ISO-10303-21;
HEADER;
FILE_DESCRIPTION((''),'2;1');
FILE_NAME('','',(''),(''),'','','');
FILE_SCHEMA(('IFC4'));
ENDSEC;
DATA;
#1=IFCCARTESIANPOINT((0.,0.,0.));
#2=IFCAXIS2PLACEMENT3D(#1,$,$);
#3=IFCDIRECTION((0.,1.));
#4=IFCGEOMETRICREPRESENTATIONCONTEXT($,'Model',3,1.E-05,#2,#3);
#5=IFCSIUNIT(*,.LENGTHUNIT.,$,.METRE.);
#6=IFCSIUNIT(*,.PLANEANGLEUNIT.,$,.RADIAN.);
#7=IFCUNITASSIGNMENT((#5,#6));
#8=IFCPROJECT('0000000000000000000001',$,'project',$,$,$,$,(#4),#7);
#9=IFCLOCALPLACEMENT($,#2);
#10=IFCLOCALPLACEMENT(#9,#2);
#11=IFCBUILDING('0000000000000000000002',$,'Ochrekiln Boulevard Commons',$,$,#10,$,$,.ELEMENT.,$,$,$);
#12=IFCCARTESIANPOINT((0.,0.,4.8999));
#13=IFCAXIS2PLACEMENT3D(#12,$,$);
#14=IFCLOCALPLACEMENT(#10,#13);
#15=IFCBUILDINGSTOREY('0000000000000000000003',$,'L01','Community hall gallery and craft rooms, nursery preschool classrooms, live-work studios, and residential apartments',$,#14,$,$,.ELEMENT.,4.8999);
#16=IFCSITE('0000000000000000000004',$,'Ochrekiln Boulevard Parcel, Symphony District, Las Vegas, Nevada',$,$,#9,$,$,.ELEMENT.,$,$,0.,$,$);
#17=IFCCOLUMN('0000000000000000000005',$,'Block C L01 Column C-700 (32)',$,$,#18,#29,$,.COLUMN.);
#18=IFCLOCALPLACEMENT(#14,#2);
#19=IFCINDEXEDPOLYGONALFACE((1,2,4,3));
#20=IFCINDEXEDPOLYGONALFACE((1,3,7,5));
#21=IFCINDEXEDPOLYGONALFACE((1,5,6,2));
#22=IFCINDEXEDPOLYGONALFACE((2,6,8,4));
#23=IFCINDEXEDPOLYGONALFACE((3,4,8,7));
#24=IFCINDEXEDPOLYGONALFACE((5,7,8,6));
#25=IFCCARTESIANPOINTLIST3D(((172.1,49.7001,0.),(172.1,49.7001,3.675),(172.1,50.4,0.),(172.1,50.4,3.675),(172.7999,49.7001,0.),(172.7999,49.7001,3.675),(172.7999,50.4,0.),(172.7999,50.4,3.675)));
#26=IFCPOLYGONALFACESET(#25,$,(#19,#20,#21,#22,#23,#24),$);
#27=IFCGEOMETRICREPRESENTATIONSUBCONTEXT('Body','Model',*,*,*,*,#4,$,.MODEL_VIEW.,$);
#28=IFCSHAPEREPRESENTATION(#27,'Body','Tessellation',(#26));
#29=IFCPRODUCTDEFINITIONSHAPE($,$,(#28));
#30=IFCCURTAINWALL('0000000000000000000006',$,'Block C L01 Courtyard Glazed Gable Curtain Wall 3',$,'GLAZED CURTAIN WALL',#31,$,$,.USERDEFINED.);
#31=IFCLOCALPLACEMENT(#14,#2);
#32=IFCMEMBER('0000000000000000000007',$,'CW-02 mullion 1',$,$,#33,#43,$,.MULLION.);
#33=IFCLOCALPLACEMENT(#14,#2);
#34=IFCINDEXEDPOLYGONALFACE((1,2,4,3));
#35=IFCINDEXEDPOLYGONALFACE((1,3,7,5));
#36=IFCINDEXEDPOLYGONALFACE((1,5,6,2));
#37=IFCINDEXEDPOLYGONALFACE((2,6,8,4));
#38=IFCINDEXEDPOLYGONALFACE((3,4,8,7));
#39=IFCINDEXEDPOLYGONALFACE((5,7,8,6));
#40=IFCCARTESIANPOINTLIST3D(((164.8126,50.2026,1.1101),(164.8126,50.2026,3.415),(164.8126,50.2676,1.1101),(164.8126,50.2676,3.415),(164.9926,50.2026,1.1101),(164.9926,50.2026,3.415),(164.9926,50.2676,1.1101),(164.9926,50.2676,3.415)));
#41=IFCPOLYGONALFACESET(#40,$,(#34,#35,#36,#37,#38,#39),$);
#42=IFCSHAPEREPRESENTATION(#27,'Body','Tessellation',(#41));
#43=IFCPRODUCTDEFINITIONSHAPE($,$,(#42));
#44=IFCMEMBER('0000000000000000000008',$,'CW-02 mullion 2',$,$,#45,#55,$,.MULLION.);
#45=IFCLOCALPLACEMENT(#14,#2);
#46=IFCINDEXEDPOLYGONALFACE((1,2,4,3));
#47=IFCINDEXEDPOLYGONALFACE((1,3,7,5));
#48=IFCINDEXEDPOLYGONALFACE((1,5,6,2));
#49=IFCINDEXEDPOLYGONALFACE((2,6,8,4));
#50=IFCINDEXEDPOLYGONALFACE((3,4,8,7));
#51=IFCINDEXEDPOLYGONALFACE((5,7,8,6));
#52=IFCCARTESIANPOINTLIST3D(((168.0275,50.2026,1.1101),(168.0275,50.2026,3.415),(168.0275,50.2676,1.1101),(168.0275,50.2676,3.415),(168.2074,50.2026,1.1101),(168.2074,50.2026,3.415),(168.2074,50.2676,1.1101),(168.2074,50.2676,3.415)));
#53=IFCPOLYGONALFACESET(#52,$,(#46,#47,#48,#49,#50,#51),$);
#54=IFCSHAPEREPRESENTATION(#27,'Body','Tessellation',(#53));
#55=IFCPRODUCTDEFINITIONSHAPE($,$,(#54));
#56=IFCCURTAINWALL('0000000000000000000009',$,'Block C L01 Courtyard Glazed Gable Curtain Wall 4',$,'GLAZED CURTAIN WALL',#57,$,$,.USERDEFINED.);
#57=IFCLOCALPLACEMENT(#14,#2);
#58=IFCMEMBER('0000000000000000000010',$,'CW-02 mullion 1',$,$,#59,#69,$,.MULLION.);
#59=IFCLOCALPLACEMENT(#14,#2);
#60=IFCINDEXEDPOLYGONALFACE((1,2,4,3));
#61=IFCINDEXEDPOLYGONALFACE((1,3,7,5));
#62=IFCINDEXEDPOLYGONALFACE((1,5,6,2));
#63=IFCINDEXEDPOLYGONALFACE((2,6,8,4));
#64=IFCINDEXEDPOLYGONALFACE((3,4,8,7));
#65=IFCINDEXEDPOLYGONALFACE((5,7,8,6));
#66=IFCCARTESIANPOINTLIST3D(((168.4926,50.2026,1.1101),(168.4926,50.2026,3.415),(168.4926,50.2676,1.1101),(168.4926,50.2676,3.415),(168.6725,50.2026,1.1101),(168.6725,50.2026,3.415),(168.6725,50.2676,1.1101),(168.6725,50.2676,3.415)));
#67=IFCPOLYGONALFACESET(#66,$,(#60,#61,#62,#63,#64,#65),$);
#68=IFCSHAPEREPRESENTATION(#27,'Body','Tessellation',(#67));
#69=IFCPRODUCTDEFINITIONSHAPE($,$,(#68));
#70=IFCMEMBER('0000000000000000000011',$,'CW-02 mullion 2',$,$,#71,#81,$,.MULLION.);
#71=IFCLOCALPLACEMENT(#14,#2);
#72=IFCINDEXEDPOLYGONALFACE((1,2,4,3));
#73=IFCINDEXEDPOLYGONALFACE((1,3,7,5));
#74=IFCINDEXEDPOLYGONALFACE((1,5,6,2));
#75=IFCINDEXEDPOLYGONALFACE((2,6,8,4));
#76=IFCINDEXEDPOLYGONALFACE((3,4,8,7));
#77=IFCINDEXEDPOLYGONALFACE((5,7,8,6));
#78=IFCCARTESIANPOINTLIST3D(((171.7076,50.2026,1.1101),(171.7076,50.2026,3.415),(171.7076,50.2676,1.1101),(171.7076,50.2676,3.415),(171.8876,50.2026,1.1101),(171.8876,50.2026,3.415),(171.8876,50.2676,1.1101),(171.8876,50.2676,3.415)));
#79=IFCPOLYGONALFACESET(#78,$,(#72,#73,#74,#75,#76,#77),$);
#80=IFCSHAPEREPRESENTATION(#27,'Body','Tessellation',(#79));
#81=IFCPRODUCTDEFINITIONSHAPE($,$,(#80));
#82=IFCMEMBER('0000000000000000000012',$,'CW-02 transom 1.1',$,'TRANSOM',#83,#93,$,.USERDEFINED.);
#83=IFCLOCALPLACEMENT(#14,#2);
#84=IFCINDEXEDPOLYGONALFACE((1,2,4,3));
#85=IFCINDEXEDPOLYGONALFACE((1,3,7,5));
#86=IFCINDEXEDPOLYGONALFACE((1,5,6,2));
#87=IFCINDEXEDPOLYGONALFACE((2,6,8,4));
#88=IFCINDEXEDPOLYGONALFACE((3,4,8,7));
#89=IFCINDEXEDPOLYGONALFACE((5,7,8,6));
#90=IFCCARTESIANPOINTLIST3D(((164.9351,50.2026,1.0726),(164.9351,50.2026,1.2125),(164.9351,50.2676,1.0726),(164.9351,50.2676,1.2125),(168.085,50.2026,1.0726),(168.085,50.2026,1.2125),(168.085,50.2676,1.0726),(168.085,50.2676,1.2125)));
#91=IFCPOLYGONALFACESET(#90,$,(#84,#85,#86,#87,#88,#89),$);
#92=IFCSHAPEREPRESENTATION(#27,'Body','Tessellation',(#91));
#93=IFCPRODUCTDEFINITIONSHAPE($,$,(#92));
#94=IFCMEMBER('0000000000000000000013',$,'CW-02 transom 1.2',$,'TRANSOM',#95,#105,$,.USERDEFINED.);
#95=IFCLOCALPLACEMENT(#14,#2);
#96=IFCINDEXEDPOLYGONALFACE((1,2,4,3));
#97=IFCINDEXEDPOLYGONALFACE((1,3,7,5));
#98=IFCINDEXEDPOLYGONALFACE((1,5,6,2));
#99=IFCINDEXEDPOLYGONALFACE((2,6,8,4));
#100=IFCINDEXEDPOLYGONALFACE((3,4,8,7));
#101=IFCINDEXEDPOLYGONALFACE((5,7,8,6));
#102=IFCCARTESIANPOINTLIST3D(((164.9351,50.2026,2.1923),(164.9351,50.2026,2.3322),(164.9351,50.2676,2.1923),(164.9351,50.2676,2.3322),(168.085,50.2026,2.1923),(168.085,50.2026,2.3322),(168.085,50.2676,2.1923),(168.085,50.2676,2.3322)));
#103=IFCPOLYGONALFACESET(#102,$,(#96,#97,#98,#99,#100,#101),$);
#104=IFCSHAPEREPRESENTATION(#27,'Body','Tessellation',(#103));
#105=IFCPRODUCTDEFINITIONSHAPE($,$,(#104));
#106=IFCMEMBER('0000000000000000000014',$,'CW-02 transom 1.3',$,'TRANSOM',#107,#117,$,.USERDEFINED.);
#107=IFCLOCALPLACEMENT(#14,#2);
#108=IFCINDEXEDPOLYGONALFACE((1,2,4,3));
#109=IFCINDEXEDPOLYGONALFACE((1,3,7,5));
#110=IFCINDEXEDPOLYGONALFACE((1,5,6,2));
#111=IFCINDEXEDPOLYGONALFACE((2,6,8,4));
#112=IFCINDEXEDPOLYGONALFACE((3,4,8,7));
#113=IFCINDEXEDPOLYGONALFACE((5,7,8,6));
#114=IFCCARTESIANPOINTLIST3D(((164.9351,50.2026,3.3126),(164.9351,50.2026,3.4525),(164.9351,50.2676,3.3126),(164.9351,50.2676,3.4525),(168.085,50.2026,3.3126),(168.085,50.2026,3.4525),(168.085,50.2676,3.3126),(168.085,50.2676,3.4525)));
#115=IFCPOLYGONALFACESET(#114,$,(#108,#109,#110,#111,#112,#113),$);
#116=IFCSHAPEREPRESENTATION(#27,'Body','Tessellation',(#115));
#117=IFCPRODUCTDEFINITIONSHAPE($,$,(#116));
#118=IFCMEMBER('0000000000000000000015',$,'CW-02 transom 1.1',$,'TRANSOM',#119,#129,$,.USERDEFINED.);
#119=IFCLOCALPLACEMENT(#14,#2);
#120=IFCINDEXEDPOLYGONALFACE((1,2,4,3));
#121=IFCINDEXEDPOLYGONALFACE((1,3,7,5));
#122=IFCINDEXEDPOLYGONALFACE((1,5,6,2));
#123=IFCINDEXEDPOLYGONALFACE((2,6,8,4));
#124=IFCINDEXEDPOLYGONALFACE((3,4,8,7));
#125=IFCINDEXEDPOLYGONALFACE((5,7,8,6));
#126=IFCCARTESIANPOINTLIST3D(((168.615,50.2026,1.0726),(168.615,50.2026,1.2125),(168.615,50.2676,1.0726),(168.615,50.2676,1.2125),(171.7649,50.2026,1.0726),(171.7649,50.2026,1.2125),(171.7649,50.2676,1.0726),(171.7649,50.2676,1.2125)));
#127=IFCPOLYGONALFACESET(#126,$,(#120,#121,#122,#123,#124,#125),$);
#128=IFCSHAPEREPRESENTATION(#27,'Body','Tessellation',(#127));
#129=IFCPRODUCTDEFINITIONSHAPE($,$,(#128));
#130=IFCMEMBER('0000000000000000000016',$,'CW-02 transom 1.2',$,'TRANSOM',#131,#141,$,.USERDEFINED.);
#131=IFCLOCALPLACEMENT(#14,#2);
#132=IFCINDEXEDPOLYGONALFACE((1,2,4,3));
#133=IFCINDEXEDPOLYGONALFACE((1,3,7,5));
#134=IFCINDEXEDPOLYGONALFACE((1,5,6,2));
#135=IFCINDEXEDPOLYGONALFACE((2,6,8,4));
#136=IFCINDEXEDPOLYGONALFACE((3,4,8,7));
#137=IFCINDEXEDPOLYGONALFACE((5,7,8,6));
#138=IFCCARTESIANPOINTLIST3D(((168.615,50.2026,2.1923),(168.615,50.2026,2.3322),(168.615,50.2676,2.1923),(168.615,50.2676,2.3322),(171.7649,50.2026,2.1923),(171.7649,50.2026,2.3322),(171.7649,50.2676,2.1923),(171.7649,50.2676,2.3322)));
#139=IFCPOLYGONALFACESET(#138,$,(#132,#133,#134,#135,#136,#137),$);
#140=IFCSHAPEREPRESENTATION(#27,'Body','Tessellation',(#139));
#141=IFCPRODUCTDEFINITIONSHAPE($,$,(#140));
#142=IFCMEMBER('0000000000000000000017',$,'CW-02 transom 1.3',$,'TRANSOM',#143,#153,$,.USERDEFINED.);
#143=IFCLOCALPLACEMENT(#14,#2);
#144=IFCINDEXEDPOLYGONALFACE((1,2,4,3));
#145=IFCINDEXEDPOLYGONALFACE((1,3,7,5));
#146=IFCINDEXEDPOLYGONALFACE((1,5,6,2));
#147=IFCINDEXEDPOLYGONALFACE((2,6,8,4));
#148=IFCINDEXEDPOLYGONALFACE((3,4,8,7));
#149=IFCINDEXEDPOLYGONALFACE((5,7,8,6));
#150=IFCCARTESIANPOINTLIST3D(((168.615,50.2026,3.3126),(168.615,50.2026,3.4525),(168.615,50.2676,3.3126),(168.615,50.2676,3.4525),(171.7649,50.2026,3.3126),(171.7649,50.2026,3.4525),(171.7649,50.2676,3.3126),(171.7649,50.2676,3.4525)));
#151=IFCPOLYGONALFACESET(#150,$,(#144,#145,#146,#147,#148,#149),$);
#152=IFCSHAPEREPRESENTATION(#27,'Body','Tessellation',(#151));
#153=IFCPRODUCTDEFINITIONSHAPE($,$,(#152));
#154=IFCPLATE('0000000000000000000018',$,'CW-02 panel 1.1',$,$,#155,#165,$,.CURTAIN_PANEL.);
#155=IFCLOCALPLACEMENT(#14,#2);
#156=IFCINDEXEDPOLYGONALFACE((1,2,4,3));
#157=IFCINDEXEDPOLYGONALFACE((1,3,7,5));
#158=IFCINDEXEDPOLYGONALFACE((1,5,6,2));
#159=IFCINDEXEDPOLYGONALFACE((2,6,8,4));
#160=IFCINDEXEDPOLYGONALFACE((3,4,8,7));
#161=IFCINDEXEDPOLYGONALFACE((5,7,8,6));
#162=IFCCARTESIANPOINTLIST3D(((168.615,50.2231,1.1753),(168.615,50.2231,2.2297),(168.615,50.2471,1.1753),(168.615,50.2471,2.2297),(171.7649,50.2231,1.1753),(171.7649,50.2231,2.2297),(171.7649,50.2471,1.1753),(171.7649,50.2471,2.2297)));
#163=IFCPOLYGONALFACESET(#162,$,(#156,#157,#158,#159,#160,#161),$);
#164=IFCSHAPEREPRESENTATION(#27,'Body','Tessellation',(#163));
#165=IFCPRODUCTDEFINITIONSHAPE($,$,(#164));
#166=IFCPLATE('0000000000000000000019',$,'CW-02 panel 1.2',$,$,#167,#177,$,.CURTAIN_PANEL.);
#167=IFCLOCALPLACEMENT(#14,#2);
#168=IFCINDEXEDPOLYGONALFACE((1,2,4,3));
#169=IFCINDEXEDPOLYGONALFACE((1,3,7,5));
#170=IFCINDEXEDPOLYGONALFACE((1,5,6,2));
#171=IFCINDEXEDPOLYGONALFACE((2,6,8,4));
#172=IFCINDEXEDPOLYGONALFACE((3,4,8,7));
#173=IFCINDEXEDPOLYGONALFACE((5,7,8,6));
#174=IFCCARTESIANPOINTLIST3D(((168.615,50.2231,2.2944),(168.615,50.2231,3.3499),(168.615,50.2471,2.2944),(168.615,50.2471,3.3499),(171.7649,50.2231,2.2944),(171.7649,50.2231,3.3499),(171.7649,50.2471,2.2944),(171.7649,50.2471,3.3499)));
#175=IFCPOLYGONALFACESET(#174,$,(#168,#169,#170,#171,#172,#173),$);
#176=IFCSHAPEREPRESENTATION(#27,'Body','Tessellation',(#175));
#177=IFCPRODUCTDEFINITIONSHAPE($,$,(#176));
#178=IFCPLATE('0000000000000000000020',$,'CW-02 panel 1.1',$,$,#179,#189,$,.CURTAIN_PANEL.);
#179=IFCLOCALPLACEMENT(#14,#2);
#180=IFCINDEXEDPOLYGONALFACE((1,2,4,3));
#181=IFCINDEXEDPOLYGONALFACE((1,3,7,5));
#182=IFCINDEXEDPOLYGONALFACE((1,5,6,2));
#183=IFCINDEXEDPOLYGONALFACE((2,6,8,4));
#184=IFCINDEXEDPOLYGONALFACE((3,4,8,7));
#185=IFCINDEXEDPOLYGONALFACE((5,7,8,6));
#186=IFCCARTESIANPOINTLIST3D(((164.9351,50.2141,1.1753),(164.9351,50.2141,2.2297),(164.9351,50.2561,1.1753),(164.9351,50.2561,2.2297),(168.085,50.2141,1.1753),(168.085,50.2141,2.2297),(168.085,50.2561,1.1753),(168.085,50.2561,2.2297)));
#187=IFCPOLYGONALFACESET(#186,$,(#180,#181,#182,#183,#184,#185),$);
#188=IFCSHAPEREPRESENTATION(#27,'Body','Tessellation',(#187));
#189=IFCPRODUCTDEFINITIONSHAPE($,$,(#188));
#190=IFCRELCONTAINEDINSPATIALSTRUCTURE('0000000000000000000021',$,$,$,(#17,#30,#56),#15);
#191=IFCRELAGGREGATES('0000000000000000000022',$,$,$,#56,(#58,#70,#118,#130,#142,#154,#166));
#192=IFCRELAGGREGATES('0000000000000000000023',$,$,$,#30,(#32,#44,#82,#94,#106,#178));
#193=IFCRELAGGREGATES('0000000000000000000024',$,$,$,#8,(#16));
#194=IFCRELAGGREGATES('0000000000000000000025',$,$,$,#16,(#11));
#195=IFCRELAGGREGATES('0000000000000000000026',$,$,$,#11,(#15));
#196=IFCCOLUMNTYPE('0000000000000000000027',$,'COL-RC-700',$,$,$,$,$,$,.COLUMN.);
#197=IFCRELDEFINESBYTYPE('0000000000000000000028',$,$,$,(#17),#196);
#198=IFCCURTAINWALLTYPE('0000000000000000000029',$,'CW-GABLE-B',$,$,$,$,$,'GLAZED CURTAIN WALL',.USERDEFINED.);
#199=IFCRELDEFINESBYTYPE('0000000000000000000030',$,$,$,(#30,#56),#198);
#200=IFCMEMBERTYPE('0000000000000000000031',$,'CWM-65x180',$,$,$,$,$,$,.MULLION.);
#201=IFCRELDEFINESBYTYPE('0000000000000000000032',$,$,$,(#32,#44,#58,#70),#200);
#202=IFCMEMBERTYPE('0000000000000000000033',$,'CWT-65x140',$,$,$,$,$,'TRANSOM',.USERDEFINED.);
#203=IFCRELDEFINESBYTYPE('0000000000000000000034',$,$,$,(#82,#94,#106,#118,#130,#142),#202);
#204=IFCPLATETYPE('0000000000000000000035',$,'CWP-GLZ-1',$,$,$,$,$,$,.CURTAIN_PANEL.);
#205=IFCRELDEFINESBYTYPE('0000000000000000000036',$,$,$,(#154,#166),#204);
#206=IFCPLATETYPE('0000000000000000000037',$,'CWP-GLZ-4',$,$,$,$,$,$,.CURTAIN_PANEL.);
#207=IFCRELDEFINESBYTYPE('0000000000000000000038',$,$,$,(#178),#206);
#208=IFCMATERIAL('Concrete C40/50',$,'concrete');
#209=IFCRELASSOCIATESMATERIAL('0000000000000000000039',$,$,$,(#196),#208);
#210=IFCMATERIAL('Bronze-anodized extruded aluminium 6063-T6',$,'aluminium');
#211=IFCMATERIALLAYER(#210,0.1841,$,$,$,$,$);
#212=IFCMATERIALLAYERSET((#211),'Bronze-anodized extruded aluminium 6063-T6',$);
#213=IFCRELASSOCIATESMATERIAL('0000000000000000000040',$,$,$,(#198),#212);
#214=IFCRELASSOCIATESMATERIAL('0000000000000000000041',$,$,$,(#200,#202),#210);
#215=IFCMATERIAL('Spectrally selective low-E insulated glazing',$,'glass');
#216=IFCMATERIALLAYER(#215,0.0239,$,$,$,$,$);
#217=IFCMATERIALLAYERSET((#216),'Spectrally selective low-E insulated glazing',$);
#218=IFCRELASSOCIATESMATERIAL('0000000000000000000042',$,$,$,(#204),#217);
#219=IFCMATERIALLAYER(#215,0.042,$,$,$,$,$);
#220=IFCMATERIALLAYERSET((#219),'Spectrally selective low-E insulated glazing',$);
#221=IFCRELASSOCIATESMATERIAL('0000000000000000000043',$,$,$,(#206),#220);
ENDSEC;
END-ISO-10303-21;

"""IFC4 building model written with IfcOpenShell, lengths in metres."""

from ifc_helpers import new_model, si_unit, direction, frame, origin, origin_2d, place, context, subcontext, project, spatial, rectangle, extrude, material, layer, layer_set, material_profile, profile_set, type_object, element, aggregate, save


model = new_model("IFC4")

# Units and contexts
model_context = context("Model", 3, precision=1e-05, world=origin(), true_north=direction((0.0, 1.0)))
body_context = subcontext(model_context, "Body", "Model", "MODEL_VIEW")
ifc_project = project(units=[si_unit("LENGTHUNIT", "METRE"), si_unit("PLANEANGLEUNIT", "RADIAN")], contexts=[model_context])

# Site, building, storey
site_placement = place(None, origin())
site = spatial("IfcSite", under=ifc_project, at=site_placement, Name="Ochrekiln Boulevard Parcel, Symphony District, Las Vegas, Nevada", CompositionType="ELEMENT", RefElevation=0.0)
building_placement = place(site_placement, origin())
building = spatial("IfcBuilding", under=site, at=building_placement, Name="Ochrekiln Boulevard Commons", CompositionType="ELEMENT")
storey_placement = place(building_placement, frame((0.0, 0.0, 4.8999)))
storey = spatial("IfcBuildingStorey", under=building, at=storey_placement, Name="L01", Description="Community hall gallery and craft rooms, nursery preschool classrooms, live-work studios, and residential apartments", CompositionType="ELEMENT", Elevation=4.8999)

# Column
ifc_material_1 = material(Name="Concrete C40/50", Category="concrete")
ifc_material_profile_1 = material_profile(ifc_material_1, rectangle(XDim=0.7, YDim=0.7, at=origin_2d()), Name="RC-COL-700x700")
ifc_profile_set_1 = profile_set([ifc_material_profile_1], Name="Concrete C40/50")
column_type = type_object("IfcColumnType", Name="COL-RC-700", PredefinedType="COLUMN", material=ifc_profile_set_1)
column_placement = place(storey_placement, frame((172.45, 50.05, 0.0), z_axis=(0.0, 0.0, 1.0), x_axis=(1.0, 0.0, 0.0)))
element("IfcColumn", 1, at=column_placement, inside=storey, type_object=column_type, Name="Block C L01 Column C-700 (32)", PredefinedType="COLUMN", context=body_context, shape_type="SweptSolid", body=[
    extrude(rectangle(XDim=0.7, YDim=0.7, at=origin_2d()), origin(), (0.0, 0.0, 1.0), 3.675),
])

# Curtain walls, members
ifc_material_2 = material(Name="Bronze-anodized extruded aluminium 6063-T6", Category="aluminium")
ifc_layer_1 = layer(ifc_material_2, 0.1841)
ifc_layer_set_1 = layer_set([ifc_layer_1], Name="Bronze-anodized extruded aluminium 6063-T6")
curtain_wall_type = type_object("IfcCurtainWallType", Name="CW-GABLE-B", ElementType="GLAZED CURTAIN WALL", PredefinedType="USERDEFINED", material=ifc_layer_set_1)
curtain_wall_1_placement = place(storey_placement, origin())
curtain_wall_1 = element("IfcCurtainWall", 2, at=curtain_wall_1_placement, inside=storey, type_object=curtain_wall_type, Name="Block C L01 Courtyard Glazed Gable Curtain Wall 3", ObjectType="GLAZED CURTAIN WALL", PredefinedType="USERDEFINED")
ifc_material_profile_2 = material_profile(ifc_material_2, rectangle(XDim=0.0649, YDim=0.1799, at=origin_2d()), Name="ALU-MUL-65x180")
ifc_profile_set_2 = profile_set([ifc_material_profile_2], Name="Bronze-anodized extruded aluminium 6063-T6")
member_type_1 = type_object("IfcMemberType", Name="CWM-65x180", PredefinedType="MULLION", material=ifc_profile_set_2)
member_1_placement = place(storey_placement, frame((164.9026, 50.2351, 1.1101), z_axis=(0.0, 0.0, 1.0), x_axis=(0.0, 1.0, 0.0)))
member_1 = element("IfcMember", 3, at=member_1_placement, type_object=member_type_1, Name="CW-02 mullion 1", PredefinedType="MULLION", context=body_context, shape_type="SweptSolid", body=[
    extrude(rectangle(XDim=0.0649, YDim=0.1799, at=origin_2d()), origin(), (0.0, 0.0, 1.0), 2.3049),
])
member_2_placement = place(storey_placement, frame((168.1174, 50.2351, 1.1101), z_axis=(0.0, 0.0, 1.0), x_axis=(0.0, 1.0, 0.0)))
member_2 = element("IfcMember", 4, at=member_2_placement, type_object=member_type_1, Name="CW-02 mullion 2", PredefinedType="MULLION", context=body_context, shape_type="SweptSolid", body=[
    extrude(rectangle(XDim=0.0649, YDim=0.1799, at=origin_2d()), origin(), (0.0, 0.0, 1.0), 2.3049),
])
curtain_wall_2_placement = place(storey_placement, origin())
curtain_wall_2 = element("IfcCurtainWall", 5, at=curtain_wall_2_placement, inside=storey, type_object=curtain_wall_type, Name="Block C L01 Courtyard Glazed Gable Curtain Wall 4", ObjectType="GLAZED CURTAIN WALL", PredefinedType="USERDEFINED")
member_3_placement = place(storey_placement, frame((168.5825, 50.2351, 1.1101), z_axis=(0.0, 0.0, 1.0), x_axis=(0.0, 1.0, 0.0)))
member_3 = element("IfcMember", 6, at=member_3_placement, type_object=member_type_1, Name="CW-02 mullion 1", PredefinedType="MULLION", context=body_context, shape_type="SweptSolid", body=[
    extrude(rectangle(XDim=0.0649, YDim=0.1799, at=origin_2d()), origin(), (0.0, 0.0, 1.0), 2.3049),
])
member_4_placement = place(storey_placement, frame((171.7976, 50.2351, 1.1101), z_axis=(0.0, 0.0, 1.0), x_axis=(0.0, 1.0, 0.0)))
member_4 = element("IfcMember", 7, at=member_4_placement, type_object=member_type_1, Name="CW-02 mullion 2", PredefinedType="MULLION", context=body_context, shape_type="SweptSolid", body=[
    extrude(rectangle(XDim=0.0649, YDim=0.1799, at=origin_2d()), origin(), (0.0, 0.0, 1.0), 2.3049),
])

# Members
ifc_material_profile_3 = material_profile(ifc_material_2, rectangle(XDim=0.0649, YDim=0.1399, at=origin_2d()), Name="ALU-TRN-65x140")
ifc_profile_set_3 = profile_set([ifc_material_profile_3], Name="Bronze-anodized extruded aluminium 6063-T6")
member_type_2 = type_object("IfcMemberType", Name="CWT-65x140", ElementType="TRANSOM", PredefinedType="USERDEFINED", material=ifc_profile_set_3)
member_5_placement = place(storey_placement, frame((164.9351, 50.2351, 1.1426), z_axis=(1.0, 0.0, 0.0), x_axis=(0.0, 1.0, 0.0)))
member_5 = element("IfcMember", 8, at=member_5_placement, type_object=member_type_2, Name="CW-02 transom 1.1", ObjectType="TRANSOM", PredefinedType="USERDEFINED", context=body_context, shape_type="SweptSolid", body=[
    extrude(rectangle(XDim=0.0649, YDim=0.1399, at=origin_2d()), origin(), (0.0, 0.0, 1.0), 3.1499),
])
member_6_placement = place(storey_placement, frame((164.9351, 50.2351, 2.2622), z_axis=(1.0, 0.0, 0.0), x_axis=(0.0, 1.0, 0.0)))
member_6 = element("IfcMember", 9, at=member_6_placement, type_object=member_type_2, Name="CW-02 transom 1.2", ObjectType="TRANSOM", PredefinedType="USERDEFINED", context=body_context, shape_type="SweptSolid", body=[
    extrude(rectangle(XDim=0.0649, YDim=0.1399, at=origin_2d()), origin(), (0.0, 0.0, 1.0), 3.1499),
])
member_7_placement = place(storey_placement, frame((164.9351, 50.2351, 3.3826), z_axis=(1.0, 0.0, 0.0), x_axis=(0.0, 1.0, 0.0)))
member_7 = element("IfcMember", 10, at=member_7_placement, type_object=member_type_2, Name="CW-02 transom 1.3", ObjectType="TRANSOM", PredefinedType="USERDEFINED", context=body_context, shape_type="SweptSolid", body=[
    extrude(rectangle(XDim=0.0649, YDim=0.1399, at=origin_2d()), origin(), (0.0, 0.0, 1.0), 3.1499),
])
member_8_placement = place(storey_placement, frame((168.615, 50.2351, 1.1426), z_axis=(1.0, 0.0, 0.0), x_axis=(0.0, 1.0, 0.0)))
member_8 = element("IfcMember", 11, at=member_8_placement, type_object=member_type_2, Name="CW-02 transom 1.1", ObjectType="TRANSOM", PredefinedType="USERDEFINED", context=body_context, shape_type="SweptSolid", body=[
    extrude(rectangle(XDim=0.0649, YDim=0.1399, at=origin_2d()), origin(), (0.0, 0.0, 1.0), 3.1499),
])
member_9_placement = place(storey_placement, frame((168.615, 50.2351, 2.2622), z_axis=(1.0, 0.0, 0.0), x_axis=(0.0, 1.0, 0.0)))
member_9 = element("IfcMember", 12, at=member_9_placement, type_object=member_type_2, Name="CW-02 transom 1.2", ObjectType="TRANSOM", PredefinedType="USERDEFINED", context=body_context, shape_type="SweptSolid", body=[
    extrude(rectangle(XDim=0.0649, YDim=0.1399, at=origin_2d()), origin(), (0.0, 0.0, 1.0), 3.1499),
])
member_10_placement = place(storey_placement, frame((168.615, 50.2351, 3.3826), z_axis=(1.0, 0.0, 0.0), x_axis=(0.0, 1.0, 0.0)))
member_10 = element("IfcMember", 13, at=member_10_placement, type_object=member_type_2, Name="CW-02 transom 1.3", ObjectType="TRANSOM", PredefinedType="USERDEFINED", context=body_context, shape_type="SweptSolid", body=[
    extrude(rectangle(XDim=0.0649, YDim=0.1399, at=origin_2d()), origin(), (0.0, 0.0, 1.0), 3.1499),
])

# Plates
ifc_material_3 = material(Name="Spectrally selective low-E insulated glazing", Category="glass")
ifc_layer_2 = layer(ifc_material_3, 0.0239)
ifc_layer_set_2 = layer_set([ifc_layer_2], Name="Spectrally selective low-E insulated glazing")
plate_type_1 = type_object("IfcPlateType", Name="CWP-GLZ-1", PredefinedType="CURTAIN_PANEL", material=ifc_layer_set_2)
plate_1_placement = place(storey_placement, frame((170.1899, 50.2351, 1.1753), z_axis=(0.0, 0.0, 1.0), x_axis=(1.0, 0.0, 0.0)))
plate_1 = element("IfcPlate", 14, at=plate_1_placement, type_object=plate_type_1, Name="CW-02 panel 1.1", PredefinedType="CURTAIN_PANEL", context=body_context, shape_type="SweptSolid", body=[
    extrude(rectangle(XDim=3.1499, YDim=0.0239, at=origin_2d()), origin(), (0.0, 0.0, 1.0), 1.0544),
])
plate_2_placement = place(storey_placement, frame((170.1899, 50.2351, 2.2944), z_axis=(0.0, 0.0, 1.0), x_axis=(1.0, 0.0, 0.0)))
plate_2 = element("IfcPlate", 15, at=plate_2_placement, type_object=plate_type_1, Name="CW-02 panel 1.2", PredefinedType="CURTAIN_PANEL", context=body_context, shape_type="SweptSolid", body=[
    extrude(rectangle(XDim=3.1499, YDim=0.0239, at=origin_2d()), origin(), (0.0, 0.0, 1.0), 1.0554),
])
aggregate(curtain_wall_2, [member_3, member_4, member_8, member_9, member_10, plate_1, plate_2])
ifc_layer_3 = layer(ifc_material_3, 0.042)
ifc_layer_set_3 = layer_set([ifc_layer_3], Name="Spectrally selective low-E insulated glazing")
plate_type_2 = type_object("IfcPlateType", Name="CWP-GLZ-4", PredefinedType="CURTAIN_PANEL", material=ifc_layer_set_3)
plate_3_placement = place(storey_placement, frame((166.51, 50.2351, 1.1753), z_axis=(0.0, 0.0, 1.0), x_axis=(1.0, 0.0, 0.0)))
plate_3 = element("IfcPlate", 16, at=plate_3_placement, type_object=plate_type_2, Name="CW-02 panel 1.1", PredefinedType="CURTAIN_PANEL", context=body_context, shape_type="SweptSolid", body=[
    extrude(rectangle(XDim=3.1499, YDim=0.042, at=origin_2d()), origin(), (0.0, 0.0, 1.0), 1.0544),
])
aggregate(curtain_wall_1, [member_1, member_2, member_5, member_6, member_7, plate_3])

save(model, "model.ifc")
